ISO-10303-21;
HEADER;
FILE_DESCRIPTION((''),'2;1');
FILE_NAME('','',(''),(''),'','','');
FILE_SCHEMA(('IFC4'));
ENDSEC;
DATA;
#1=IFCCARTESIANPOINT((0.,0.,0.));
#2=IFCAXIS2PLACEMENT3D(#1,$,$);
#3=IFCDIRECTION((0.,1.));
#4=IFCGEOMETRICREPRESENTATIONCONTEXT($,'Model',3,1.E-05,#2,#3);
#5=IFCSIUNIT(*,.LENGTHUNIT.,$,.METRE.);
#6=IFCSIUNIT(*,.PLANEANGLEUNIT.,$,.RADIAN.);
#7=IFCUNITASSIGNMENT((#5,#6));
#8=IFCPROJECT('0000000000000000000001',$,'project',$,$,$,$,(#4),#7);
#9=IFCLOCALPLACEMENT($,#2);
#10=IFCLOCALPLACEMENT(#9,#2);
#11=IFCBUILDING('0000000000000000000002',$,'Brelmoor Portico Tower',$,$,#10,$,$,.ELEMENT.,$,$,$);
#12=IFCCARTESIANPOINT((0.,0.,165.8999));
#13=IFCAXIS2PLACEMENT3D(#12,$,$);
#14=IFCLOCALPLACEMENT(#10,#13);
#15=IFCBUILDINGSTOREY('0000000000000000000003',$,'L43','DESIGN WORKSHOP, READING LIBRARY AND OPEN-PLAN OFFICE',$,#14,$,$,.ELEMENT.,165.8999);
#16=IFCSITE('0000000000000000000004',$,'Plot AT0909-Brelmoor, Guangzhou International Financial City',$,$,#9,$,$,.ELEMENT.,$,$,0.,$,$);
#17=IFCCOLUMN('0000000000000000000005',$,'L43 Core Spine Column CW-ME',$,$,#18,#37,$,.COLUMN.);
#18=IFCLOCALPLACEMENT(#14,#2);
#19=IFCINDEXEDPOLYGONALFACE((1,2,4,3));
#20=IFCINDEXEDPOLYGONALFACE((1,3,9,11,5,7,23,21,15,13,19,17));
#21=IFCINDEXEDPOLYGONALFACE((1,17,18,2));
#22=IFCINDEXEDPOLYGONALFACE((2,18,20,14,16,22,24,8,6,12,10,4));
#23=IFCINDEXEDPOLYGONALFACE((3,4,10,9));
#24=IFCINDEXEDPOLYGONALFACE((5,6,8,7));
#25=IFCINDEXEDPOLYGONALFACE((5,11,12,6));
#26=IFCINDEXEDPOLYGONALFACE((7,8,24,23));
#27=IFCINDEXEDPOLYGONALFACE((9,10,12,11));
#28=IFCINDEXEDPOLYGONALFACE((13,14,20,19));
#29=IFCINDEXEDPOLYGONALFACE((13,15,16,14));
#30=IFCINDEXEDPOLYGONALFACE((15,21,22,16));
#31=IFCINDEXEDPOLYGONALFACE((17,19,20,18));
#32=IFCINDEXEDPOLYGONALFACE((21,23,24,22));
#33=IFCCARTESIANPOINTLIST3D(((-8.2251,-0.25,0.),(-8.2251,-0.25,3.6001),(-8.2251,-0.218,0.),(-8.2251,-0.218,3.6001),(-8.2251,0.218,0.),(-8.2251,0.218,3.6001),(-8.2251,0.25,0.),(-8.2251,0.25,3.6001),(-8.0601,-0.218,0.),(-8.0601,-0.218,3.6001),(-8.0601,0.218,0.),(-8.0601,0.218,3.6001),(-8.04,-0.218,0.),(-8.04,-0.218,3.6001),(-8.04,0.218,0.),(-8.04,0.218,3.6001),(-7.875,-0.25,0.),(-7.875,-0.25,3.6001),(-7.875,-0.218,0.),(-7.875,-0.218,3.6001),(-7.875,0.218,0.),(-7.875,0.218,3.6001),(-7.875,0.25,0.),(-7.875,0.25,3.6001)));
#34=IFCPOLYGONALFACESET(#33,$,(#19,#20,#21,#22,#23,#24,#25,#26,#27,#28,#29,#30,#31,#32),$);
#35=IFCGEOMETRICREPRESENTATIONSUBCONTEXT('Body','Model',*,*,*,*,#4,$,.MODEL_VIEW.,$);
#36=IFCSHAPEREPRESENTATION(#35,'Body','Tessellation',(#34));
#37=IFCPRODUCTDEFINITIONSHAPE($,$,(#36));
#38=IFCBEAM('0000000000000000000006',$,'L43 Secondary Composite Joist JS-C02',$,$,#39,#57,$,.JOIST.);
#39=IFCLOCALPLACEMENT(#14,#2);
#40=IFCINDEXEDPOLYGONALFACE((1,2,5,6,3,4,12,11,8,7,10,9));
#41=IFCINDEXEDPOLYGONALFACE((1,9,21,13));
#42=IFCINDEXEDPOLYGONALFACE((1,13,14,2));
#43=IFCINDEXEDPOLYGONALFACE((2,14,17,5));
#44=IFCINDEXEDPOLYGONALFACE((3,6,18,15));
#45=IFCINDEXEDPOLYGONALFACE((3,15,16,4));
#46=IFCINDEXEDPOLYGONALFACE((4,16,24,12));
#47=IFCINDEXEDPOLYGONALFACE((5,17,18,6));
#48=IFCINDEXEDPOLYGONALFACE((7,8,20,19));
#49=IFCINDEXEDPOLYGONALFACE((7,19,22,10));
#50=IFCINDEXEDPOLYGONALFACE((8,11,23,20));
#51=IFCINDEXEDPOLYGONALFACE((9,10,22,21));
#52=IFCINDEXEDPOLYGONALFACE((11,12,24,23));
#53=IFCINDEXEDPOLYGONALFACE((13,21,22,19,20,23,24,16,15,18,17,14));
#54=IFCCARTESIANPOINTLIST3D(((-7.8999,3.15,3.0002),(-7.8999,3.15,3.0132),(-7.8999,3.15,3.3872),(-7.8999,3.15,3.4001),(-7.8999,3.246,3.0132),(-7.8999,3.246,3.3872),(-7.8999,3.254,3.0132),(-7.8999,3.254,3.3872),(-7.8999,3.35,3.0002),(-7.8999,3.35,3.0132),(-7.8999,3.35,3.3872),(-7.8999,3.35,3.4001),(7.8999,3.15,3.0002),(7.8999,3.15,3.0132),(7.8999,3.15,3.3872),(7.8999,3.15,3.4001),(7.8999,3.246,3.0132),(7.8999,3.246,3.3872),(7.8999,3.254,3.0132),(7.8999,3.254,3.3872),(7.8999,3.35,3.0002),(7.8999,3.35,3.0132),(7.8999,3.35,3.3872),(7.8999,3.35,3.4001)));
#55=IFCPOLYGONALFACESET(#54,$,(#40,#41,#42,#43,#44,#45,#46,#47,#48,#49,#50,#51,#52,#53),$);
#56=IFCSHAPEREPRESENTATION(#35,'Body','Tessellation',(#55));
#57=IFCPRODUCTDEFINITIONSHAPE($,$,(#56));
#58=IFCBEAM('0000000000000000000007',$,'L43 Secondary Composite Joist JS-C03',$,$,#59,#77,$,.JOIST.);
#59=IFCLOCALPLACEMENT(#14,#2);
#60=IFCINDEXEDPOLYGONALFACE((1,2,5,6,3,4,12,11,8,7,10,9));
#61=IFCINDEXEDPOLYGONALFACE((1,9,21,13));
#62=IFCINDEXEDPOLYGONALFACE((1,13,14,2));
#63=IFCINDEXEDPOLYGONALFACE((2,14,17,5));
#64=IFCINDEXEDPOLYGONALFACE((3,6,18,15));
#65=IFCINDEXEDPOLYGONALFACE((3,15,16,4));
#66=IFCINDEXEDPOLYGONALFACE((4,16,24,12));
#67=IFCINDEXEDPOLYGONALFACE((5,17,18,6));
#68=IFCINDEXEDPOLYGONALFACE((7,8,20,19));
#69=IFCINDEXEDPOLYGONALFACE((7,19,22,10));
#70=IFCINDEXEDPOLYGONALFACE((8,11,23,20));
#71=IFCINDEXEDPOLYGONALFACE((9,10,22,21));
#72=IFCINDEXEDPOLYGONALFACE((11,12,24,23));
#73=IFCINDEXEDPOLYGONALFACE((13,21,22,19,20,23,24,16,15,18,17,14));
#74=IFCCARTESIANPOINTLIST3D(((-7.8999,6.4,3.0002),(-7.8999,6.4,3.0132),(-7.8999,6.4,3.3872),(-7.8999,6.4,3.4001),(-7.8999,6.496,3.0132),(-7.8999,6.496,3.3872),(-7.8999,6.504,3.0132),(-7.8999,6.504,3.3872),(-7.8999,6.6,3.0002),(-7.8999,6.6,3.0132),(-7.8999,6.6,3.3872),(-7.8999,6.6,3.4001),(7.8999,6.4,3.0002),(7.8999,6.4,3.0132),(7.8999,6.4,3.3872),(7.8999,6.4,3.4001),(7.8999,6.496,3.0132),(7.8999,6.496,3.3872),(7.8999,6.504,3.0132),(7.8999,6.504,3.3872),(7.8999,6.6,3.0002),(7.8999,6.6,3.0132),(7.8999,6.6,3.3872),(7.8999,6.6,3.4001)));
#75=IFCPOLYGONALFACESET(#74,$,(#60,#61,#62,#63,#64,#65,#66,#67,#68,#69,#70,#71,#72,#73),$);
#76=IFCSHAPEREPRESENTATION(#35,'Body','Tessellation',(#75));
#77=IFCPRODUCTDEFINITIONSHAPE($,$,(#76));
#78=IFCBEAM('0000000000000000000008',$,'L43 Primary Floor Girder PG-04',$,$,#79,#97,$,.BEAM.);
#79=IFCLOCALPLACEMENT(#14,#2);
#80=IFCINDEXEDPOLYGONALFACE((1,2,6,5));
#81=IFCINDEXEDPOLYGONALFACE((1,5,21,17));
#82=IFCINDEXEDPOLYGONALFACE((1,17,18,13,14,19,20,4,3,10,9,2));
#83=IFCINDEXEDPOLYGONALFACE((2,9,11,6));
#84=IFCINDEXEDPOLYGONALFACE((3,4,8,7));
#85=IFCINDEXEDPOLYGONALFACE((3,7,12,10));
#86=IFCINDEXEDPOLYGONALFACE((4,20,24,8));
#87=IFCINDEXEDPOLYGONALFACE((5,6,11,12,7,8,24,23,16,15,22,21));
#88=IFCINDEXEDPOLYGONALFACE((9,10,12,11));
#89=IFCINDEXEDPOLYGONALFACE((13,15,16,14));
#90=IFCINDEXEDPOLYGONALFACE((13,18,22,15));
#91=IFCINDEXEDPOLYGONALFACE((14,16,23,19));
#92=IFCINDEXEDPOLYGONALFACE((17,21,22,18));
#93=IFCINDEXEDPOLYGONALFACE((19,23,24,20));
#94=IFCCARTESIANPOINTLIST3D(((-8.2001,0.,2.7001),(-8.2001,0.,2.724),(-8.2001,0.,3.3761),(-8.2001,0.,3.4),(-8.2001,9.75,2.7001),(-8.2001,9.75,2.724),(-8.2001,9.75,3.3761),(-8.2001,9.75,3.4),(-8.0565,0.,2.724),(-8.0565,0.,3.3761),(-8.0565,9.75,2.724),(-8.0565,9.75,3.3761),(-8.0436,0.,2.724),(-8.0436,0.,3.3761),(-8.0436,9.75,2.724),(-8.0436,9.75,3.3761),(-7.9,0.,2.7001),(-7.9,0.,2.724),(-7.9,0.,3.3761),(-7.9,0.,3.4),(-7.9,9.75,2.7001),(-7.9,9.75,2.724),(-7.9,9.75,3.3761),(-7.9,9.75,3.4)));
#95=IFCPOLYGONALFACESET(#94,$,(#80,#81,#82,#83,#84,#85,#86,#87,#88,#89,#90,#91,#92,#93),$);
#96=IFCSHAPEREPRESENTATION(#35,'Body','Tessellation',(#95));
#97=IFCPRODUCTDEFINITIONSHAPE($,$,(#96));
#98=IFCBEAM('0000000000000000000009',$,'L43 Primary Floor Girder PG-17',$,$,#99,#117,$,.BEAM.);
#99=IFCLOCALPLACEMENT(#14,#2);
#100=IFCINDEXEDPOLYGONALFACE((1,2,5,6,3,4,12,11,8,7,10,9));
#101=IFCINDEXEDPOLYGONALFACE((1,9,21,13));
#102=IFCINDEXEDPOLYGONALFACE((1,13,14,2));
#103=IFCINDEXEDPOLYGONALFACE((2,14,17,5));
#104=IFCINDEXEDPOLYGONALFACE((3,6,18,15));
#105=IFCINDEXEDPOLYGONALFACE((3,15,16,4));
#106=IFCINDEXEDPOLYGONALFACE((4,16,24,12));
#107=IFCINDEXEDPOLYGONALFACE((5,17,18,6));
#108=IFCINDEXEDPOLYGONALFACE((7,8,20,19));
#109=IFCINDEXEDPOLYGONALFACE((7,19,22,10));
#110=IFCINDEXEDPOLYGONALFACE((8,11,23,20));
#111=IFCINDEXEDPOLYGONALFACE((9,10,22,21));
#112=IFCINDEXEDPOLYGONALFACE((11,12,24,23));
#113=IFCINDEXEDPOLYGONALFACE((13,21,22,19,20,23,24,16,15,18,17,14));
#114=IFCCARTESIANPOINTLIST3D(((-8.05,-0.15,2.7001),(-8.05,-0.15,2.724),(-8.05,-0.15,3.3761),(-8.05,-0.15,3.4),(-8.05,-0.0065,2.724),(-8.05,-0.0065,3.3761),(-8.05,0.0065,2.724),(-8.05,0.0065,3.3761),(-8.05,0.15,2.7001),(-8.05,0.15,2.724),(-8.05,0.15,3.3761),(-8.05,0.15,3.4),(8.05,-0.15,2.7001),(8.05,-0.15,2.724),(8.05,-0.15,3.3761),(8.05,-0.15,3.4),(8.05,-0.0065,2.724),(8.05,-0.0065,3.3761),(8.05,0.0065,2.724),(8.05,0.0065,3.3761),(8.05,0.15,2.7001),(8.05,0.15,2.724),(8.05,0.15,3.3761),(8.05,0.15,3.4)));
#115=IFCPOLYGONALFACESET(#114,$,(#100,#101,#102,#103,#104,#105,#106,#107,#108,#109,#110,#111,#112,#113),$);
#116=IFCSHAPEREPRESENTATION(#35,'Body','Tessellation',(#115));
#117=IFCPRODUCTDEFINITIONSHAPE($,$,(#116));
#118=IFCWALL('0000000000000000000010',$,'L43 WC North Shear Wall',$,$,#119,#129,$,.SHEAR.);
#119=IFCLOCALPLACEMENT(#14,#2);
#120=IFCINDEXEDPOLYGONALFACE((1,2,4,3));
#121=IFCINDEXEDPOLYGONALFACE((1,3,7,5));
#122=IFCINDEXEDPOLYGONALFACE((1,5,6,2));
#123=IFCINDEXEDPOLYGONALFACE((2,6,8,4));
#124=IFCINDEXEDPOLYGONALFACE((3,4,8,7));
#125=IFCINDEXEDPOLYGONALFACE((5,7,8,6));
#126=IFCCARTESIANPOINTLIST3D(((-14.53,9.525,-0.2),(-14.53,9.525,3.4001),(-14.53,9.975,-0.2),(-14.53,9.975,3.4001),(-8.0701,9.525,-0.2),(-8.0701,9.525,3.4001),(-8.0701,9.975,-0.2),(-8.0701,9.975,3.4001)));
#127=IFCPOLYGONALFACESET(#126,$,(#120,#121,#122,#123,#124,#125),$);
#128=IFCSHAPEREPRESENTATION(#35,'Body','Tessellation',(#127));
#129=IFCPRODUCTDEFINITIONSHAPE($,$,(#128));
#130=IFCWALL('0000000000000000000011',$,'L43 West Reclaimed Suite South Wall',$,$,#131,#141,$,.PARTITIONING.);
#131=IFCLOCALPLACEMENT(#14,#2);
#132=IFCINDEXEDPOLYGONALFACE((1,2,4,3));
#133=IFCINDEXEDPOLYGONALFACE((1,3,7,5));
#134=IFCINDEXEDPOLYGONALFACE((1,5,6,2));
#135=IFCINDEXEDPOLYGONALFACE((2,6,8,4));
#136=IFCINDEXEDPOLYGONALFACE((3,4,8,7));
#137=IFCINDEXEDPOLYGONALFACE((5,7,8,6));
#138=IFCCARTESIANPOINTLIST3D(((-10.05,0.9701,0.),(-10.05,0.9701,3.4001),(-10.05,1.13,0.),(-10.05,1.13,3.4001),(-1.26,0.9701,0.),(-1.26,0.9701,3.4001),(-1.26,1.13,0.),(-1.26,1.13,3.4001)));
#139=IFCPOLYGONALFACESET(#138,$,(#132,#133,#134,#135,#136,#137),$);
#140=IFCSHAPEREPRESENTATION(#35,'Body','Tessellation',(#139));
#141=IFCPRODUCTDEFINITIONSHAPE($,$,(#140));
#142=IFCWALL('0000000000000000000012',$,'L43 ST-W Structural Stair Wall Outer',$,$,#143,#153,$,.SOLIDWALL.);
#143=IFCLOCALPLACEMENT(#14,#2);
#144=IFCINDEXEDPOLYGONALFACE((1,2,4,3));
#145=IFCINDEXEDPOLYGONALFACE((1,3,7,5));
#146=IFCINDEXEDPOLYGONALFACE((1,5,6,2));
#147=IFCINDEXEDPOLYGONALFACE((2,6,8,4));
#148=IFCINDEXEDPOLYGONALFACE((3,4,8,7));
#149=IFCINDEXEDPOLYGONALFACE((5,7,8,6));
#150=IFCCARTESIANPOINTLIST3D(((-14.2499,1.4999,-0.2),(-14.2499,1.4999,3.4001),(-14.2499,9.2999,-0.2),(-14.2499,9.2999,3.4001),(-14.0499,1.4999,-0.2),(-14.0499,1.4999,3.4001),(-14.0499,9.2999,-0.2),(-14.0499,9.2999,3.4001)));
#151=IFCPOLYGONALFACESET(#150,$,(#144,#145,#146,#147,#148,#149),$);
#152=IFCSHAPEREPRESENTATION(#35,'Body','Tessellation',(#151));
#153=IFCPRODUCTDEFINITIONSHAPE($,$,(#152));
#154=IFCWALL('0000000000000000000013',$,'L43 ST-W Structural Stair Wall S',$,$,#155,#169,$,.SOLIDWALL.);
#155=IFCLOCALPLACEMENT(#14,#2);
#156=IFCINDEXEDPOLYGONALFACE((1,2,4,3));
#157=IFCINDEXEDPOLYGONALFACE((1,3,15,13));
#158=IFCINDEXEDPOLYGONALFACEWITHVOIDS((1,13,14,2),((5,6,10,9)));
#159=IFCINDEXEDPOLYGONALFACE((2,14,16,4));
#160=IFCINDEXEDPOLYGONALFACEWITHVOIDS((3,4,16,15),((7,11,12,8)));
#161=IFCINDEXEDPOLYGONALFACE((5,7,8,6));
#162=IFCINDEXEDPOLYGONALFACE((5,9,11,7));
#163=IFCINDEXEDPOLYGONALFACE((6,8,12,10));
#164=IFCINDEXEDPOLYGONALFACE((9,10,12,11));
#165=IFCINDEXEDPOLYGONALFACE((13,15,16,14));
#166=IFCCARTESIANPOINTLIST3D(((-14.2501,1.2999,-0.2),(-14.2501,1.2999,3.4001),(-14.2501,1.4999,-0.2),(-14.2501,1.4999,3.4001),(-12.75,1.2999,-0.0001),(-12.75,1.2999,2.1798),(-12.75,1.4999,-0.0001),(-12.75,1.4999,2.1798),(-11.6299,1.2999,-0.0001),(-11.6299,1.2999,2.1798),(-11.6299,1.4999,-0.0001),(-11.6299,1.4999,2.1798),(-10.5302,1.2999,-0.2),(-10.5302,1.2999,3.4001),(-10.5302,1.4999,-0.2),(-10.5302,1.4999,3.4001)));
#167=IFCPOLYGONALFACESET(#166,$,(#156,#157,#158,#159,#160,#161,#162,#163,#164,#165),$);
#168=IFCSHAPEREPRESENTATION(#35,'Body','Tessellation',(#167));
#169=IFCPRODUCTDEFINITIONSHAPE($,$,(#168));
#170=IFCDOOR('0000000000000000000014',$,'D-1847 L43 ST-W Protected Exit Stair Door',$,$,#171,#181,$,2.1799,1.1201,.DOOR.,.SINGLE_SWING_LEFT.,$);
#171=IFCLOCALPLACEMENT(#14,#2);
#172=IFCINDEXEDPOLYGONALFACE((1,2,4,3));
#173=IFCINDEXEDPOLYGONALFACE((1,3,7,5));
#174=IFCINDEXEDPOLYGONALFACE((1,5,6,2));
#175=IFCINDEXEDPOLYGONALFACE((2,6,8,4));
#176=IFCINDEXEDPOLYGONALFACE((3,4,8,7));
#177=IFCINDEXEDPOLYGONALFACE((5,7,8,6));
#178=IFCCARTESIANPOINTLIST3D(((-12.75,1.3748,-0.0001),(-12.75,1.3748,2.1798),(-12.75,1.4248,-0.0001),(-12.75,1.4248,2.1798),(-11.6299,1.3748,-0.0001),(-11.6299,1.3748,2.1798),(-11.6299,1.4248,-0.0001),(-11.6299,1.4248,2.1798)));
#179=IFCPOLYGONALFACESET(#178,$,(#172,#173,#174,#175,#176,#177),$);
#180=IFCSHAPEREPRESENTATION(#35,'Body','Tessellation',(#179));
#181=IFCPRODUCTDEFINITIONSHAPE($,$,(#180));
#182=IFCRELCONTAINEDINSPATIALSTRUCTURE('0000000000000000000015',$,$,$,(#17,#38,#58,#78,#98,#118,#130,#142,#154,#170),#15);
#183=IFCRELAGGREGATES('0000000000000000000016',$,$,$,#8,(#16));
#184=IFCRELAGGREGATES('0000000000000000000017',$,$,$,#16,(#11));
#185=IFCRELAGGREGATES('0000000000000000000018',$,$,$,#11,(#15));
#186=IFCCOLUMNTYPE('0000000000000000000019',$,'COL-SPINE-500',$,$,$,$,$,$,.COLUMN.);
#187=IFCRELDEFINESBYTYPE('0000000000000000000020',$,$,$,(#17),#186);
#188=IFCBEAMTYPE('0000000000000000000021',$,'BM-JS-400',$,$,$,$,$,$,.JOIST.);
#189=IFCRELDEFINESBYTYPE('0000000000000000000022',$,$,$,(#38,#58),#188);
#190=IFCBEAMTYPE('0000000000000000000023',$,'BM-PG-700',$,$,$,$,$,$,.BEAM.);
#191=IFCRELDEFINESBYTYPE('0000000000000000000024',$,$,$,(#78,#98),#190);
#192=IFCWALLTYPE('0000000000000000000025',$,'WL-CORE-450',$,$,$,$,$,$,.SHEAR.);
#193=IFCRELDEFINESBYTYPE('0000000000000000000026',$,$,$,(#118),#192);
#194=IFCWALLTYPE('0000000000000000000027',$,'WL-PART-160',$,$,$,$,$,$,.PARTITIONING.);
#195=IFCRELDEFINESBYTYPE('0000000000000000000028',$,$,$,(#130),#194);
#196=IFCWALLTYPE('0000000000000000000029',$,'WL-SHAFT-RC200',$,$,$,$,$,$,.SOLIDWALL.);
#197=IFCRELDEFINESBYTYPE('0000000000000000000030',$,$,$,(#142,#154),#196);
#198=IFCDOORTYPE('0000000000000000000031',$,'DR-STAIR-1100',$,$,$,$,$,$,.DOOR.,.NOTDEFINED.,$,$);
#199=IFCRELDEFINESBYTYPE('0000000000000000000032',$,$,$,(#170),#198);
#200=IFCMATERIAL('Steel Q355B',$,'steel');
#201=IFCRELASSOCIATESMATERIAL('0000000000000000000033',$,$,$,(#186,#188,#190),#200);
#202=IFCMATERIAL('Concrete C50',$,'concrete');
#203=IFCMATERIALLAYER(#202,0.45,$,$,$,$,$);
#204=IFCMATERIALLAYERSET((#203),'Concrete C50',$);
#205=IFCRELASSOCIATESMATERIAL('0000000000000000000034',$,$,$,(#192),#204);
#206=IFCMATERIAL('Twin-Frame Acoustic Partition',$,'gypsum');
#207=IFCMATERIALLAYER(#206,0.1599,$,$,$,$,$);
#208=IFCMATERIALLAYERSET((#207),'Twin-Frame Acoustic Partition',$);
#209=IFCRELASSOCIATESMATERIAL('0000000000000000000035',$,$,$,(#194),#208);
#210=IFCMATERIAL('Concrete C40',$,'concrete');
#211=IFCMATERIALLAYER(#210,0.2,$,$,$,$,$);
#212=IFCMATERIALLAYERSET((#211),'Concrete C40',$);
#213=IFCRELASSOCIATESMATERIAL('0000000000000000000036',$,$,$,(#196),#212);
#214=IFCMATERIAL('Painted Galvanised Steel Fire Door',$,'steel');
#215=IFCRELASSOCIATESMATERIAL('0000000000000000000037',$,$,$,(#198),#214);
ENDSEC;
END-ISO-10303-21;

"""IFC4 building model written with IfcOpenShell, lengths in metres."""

from ifc_helpers import new_model, si_unit, direction, frame, frame_2d, origin, origin_2d, place, context, subcontext, project, spatial, rectangle, i_section, extrude, material, layer, layer_set, material_profile, profile_set, type_object, element, fill, save


model = new_model("IFC4")

# Units and contexts
model_context = context("Model", 3, precision=1e-05, world=origin(), true_north=direction((0.0, 1.0)))
body_context = subcontext(model_context, "Body", "Model", "MODEL_VIEW")
ifc_project = project(units=[si_unit("LENGTHUNIT", "METRE"), si_unit("PLANEANGLEUNIT", "RADIAN")], contexts=[model_context])

# Site, building, storey
site_placement = place(None, origin())
site = spatial("IfcSite", under=ifc_project, at=site_placement, Name="Plot AT0909-Brelmoor, Guangzhou International Financial City", CompositionType="ELEMENT", RefElevation=0.0)
building_placement = place(site_placement, origin())
building = spatial("IfcBuilding", under=site, at=building_placement, Name="Brelmoor Portico Tower", CompositionType="ELEMENT")
storey_placement = place(building_placement, frame((0.0, 0.0, 165.8999)))
storey = spatial("IfcBuildingStorey", under=building, at=storey_placement, Name="L43", Description="DESIGN WORKSHOP, READING LIBRARY AND OPEN-PLAN OFFICE", CompositionType="ELEMENT", Elevation=165.8999)

# Column
ifc_material_1 = material(Name="Steel Q355B", Category="steel")
ifc_material_profile_1 = material_profile(ifc_material_1, i_section(OverallWidth=0.3501, OverallDepth=0.5, WebThickness=0.02, FlangeThickness=0.032, at=origin_2d()), Name="HW 500x350x20x32")
ifc_profile_set_1 = profile_set([ifc_material_profile_1], Name="Steel Q355B")
column_type = type_object("IfcColumnType", Name="COL-SPINE-500", PredefinedType="COLUMN", material=ifc_profile_set_1)
column_placement = place(storey_placement, frame((-8.05, 0.0, 0.0), z_axis=(0.0, 0.0, 1.0), x_axis=(1.0, 0.0, 0.0)))
element("IfcColumn", 1, at=column_placement, inside=storey, type_object=column_type, Name="L43 Core Spine Column CW-ME", PredefinedType="COLUMN", context=body_context, shape_type="SweptSolid", body=[
    extrude(i_section(OverallWidth=0.3501, OverallDepth=0.5, WebThickness=0.02, FlangeThickness=0.032, at=origin_2d()), origin(), (0.0, 0.0, 1.0), 3.6001),
])

# Beams
ifc_material_profile_2 = material_profile(ifc_material_1, i_section(OverallWidth=0.2, OverallDepth=0.3999, WebThickness=0.0081, FlangeThickness=0.0129, at=origin_2d()), Name="HN 400x200x8x13")
ifc_profile_set_2 = profile_set([ifc_material_profile_2], Name="Steel Q355B")
beam_type_1 = type_object("IfcBeamType", Name="BM-JS-400", PredefinedType="JOIST", material=ifc_profile_set_2)
for number, where, z_axis, x_axis, name in (
    (2, (-7.8999, 3.25, 3.2002), (1.0, 0.0, 0.0), (0.0, 1.0, 0.0), "L43 Secondary Composite Joist JS-C02"),
    (3, (-7.8999, 6.5, 3.2002), (1.0, 0.0, 0.0), (0.0, 1.0, 0.0), "L43 Secondary Composite Joist JS-C03"),
):
    element("IfcBeam", number, at=place(storey_placement, frame(where, z_axis=z_axis, x_axis=x_axis)), inside=storey, type_object=beam_type_1, Name=name, PredefinedType="JOIST", context=body_context, shape_type="SweptSolid", body=[
        extrude(i_section(OverallWidth=0.2, OverallDepth=0.3999, WebThickness=0.0081, FlangeThickness=0.0129, at=origin_2d()), origin(), (0.0, 0.0, 1.0), 15.7998),
    ])
ifc_material_profile_3 = material_profile(ifc_material_1, i_section(OverallWidth=0.3, OverallDepth=0.7, WebThickness=0.0129, FlangeThickness=0.0239, at=origin_2d()), Name="HN 700x300x13x24")
ifc_profile_set_3 = profile_set([ifc_material_profile_3], Name="Steel Q355B")
beam_type_2 = type_object("IfcBeamType", Name="BM-PG-700", PredefinedType="BEAM", material=ifc_profile_set_3)
beam_1_placement = place(storey_placement, frame((-8.05, 0.0, 3.05), z_axis=(0.0, 1.0, 0.0), x_axis=(-1.0, 0.0, 0.0)))
element("IfcBeam", 4, at=beam_1_placement, inside=storey, type_object=beam_type_2, Name="L43 Primary Floor Girder PG-04", PredefinedType="BEAM", context=body_context, shape_type="SweptSolid", body=[
    extrude(i_section(OverallWidth=0.3, OverallDepth=0.7, WebThickness=0.0129, FlangeThickness=0.0239, at=origin_2d()), origin(), (0.0, 0.0, 1.0), 9.75),
])
beam_2_placement = place(storey_placement, frame((-8.05, 0.0, 3.05), z_axis=(1.0, 0.0, 0.0), x_axis=(0.0, 1.0, 0.0)))
element("IfcBeam", 5, at=beam_2_placement, inside=storey, type_object=beam_type_2, Name="L43 Primary Floor Girder PG-17", PredefinedType="BEAM", context=body_context, shape_type="SweptSolid", body=[
    extrude(i_section(OverallWidth=0.3, OverallDepth=0.7, WebThickness=0.0129, FlangeThickness=0.0239, at=origin_2d()), origin(), (0.0, 0.0, 1.0), 16.1001),
])

# Walls
ifc_material_2 = material(Name="Concrete C50", Category="concrete")
ifc_layer_1 = layer(ifc_material_2, 0.45)
ifc_layer_set_1 = layer_set([ifc_layer_1], Name="Concrete C50")
wall_type_1 = type_object("IfcWallType", Name="WL-CORE-450", PredefinedType="SHEAR", material=ifc_layer_set_1)
wall_1_placement = place(storey_placement, frame((-14.53, 9.75, -0.2), z_axis=(0.0, 0.0, 1.0), x_axis=(1.0, 0.0, 0.0)))
element("IfcWall", 6, at=wall_1_placement, inside=storey, type_object=wall_type_1, Name="L43 WC North Shear Wall", PredefinedType="SHEAR", context=body_context, shape_type="SweptSolid", body=[
    extrude(rectangle(XDim=6.46, YDim=0.45, at=frame_2d((3.23, 0.0))), origin(), (0.0, 0.0, 1.0), 3.6001),
])
ifc_material_3 = material(Name="Twin-Frame Acoustic Partition", Category="gypsum")
ifc_layer_2 = layer(ifc_material_3, 0.1599)
ifc_layer_set_2 = layer_set([ifc_layer_2], Name="Twin-Frame Acoustic Partition")
wall_type_2 = type_object("IfcWallType", Name="WL-PART-160", PredefinedType="PARTITIONING", material=ifc_layer_set_2)
wall_2_placement = place(storey_placement, frame((-10.05, 1.05, 0.0), z_axis=(0.0, 0.0, 1.0), x_axis=(1.0, 0.0, 0.0)))
element("IfcWall", 7, at=wall_2_placement, inside=storey, type_object=wall_type_2, Name="L43 West Reclaimed Suite South Wall", PredefinedType="PARTITIONING", context=body_context, shape_type="SweptSolid", body=[
    extrude(rectangle(XDim=8.79, YDim=0.1599, at=frame_2d((4.395, 0.0))), origin(), (0.0, 0.0, 1.0), 3.4001),
])
ifc_material_4 = material(Name="Concrete C40", Category="concrete")
ifc_layer_3 = layer(ifc_material_4, 0.2)
ifc_layer_set_3 = layer_set([ifc_layer_3], Name="Concrete C40")
wall_type_3 = type_object("IfcWallType", Name="WL-SHAFT-RC200", PredefinedType="SOLIDWALL", material=ifc_layer_set_3)
wall_3_placement = place(storey_placement, frame((-14.1499, 1.5, -0.2), z_axis=(0.0, 0.0, 1.0), x_axis=(0.0, 1.0, 0.0)))
element("IfcWall", 8, at=wall_3_placement, inside=storey, type_object=wall_type_3, Name="L43 ST-W Structural Stair Wall Outer", PredefinedType="SOLIDWALL", context=body_context, shape_type="SweptSolid", body=[
    extrude(rectangle(XDim=7.8, YDim=0.2, at=frame_2d((3.8999, 0.0))), origin(), (0.0, 0.0, 1.0), 3.6001),
])

# Wall, opening, door
wall_4_placement = place(storey_placement, frame((-14.25, 1.3999, -0.2), z_axis=(0.0, 0.0, 1.0), x_axis=(1.0, 0.0, 0.0)))
wall_4 = element("IfcWall", 9, at=wall_4_placement, inside=storey, type_object=wall_type_3, Name="L43 ST-W Structural Stair Wall S", PredefinedType="SOLIDWALL", context=body_context, shape_type="SweptSolid", body=[
    extrude(rectangle(XDim=3.72, YDim=0.2, at=frame_2d((1.8599, 0.0))), origin(), (0.0, 0.0, 1.0), 3.6001),
])
opening_placement = place(wall_4_placement, frame((1.5, 0.0, 0.2)))
opening = element("IfcOpeningElement", 10, at=opening_placement, cuts=wall_4, PredefinedType="OPENING", context=body_context, shape_type="SweptSolid", body=[
    extrude(rectangle(XDim=1.1201, YDim=2.1799, at=frame_2d((0.5601, 1.0898))), frame((0.0, 0.1099, 0.0), z_axis=(0.0, -1.0, 0.0), x_axis=(1.0, 0.0, 0.0)), (0.0, 0.0, 1.0), 0.22),
])
ifc_material_5 = material(Name="Painted Galvanised Steel Fire Door", Category="steel")
door_type = type_object("IfcDoorType", Name="DR-STAIR-1100", OperationType="NOTDEFINED", PredefinedType="DOOR", material=ifc_material_5)
door_placement = place(opening_placement, origin())
door = element("IfcDoor", 11, at=door_placement, inside=storey, type_object=door_type, Name="D-1847 L43 ST-W Protected Exit Stair Door", OperationType="SINGLE_SWING_LEFT", OverallHeight=2.1799, OverallWidth=1.1201, PredefinedType="DOOR", context=body_context, shape_type="SweptSolid", body=[
    extrude(rectangle(XDim=1.1201, YDim=2.1799, at=frame_2d((0.5601, 1.0898))), frame((0.0, 0.0249, 0.0), z_axis=(0.0, -1.0, 0.0), x_axis=(1.0, 0.0, 0.0)), (0.0, 0.0, 1.0), 0.05),
])
fill(opening, door)

save(model, "model.ifc")
